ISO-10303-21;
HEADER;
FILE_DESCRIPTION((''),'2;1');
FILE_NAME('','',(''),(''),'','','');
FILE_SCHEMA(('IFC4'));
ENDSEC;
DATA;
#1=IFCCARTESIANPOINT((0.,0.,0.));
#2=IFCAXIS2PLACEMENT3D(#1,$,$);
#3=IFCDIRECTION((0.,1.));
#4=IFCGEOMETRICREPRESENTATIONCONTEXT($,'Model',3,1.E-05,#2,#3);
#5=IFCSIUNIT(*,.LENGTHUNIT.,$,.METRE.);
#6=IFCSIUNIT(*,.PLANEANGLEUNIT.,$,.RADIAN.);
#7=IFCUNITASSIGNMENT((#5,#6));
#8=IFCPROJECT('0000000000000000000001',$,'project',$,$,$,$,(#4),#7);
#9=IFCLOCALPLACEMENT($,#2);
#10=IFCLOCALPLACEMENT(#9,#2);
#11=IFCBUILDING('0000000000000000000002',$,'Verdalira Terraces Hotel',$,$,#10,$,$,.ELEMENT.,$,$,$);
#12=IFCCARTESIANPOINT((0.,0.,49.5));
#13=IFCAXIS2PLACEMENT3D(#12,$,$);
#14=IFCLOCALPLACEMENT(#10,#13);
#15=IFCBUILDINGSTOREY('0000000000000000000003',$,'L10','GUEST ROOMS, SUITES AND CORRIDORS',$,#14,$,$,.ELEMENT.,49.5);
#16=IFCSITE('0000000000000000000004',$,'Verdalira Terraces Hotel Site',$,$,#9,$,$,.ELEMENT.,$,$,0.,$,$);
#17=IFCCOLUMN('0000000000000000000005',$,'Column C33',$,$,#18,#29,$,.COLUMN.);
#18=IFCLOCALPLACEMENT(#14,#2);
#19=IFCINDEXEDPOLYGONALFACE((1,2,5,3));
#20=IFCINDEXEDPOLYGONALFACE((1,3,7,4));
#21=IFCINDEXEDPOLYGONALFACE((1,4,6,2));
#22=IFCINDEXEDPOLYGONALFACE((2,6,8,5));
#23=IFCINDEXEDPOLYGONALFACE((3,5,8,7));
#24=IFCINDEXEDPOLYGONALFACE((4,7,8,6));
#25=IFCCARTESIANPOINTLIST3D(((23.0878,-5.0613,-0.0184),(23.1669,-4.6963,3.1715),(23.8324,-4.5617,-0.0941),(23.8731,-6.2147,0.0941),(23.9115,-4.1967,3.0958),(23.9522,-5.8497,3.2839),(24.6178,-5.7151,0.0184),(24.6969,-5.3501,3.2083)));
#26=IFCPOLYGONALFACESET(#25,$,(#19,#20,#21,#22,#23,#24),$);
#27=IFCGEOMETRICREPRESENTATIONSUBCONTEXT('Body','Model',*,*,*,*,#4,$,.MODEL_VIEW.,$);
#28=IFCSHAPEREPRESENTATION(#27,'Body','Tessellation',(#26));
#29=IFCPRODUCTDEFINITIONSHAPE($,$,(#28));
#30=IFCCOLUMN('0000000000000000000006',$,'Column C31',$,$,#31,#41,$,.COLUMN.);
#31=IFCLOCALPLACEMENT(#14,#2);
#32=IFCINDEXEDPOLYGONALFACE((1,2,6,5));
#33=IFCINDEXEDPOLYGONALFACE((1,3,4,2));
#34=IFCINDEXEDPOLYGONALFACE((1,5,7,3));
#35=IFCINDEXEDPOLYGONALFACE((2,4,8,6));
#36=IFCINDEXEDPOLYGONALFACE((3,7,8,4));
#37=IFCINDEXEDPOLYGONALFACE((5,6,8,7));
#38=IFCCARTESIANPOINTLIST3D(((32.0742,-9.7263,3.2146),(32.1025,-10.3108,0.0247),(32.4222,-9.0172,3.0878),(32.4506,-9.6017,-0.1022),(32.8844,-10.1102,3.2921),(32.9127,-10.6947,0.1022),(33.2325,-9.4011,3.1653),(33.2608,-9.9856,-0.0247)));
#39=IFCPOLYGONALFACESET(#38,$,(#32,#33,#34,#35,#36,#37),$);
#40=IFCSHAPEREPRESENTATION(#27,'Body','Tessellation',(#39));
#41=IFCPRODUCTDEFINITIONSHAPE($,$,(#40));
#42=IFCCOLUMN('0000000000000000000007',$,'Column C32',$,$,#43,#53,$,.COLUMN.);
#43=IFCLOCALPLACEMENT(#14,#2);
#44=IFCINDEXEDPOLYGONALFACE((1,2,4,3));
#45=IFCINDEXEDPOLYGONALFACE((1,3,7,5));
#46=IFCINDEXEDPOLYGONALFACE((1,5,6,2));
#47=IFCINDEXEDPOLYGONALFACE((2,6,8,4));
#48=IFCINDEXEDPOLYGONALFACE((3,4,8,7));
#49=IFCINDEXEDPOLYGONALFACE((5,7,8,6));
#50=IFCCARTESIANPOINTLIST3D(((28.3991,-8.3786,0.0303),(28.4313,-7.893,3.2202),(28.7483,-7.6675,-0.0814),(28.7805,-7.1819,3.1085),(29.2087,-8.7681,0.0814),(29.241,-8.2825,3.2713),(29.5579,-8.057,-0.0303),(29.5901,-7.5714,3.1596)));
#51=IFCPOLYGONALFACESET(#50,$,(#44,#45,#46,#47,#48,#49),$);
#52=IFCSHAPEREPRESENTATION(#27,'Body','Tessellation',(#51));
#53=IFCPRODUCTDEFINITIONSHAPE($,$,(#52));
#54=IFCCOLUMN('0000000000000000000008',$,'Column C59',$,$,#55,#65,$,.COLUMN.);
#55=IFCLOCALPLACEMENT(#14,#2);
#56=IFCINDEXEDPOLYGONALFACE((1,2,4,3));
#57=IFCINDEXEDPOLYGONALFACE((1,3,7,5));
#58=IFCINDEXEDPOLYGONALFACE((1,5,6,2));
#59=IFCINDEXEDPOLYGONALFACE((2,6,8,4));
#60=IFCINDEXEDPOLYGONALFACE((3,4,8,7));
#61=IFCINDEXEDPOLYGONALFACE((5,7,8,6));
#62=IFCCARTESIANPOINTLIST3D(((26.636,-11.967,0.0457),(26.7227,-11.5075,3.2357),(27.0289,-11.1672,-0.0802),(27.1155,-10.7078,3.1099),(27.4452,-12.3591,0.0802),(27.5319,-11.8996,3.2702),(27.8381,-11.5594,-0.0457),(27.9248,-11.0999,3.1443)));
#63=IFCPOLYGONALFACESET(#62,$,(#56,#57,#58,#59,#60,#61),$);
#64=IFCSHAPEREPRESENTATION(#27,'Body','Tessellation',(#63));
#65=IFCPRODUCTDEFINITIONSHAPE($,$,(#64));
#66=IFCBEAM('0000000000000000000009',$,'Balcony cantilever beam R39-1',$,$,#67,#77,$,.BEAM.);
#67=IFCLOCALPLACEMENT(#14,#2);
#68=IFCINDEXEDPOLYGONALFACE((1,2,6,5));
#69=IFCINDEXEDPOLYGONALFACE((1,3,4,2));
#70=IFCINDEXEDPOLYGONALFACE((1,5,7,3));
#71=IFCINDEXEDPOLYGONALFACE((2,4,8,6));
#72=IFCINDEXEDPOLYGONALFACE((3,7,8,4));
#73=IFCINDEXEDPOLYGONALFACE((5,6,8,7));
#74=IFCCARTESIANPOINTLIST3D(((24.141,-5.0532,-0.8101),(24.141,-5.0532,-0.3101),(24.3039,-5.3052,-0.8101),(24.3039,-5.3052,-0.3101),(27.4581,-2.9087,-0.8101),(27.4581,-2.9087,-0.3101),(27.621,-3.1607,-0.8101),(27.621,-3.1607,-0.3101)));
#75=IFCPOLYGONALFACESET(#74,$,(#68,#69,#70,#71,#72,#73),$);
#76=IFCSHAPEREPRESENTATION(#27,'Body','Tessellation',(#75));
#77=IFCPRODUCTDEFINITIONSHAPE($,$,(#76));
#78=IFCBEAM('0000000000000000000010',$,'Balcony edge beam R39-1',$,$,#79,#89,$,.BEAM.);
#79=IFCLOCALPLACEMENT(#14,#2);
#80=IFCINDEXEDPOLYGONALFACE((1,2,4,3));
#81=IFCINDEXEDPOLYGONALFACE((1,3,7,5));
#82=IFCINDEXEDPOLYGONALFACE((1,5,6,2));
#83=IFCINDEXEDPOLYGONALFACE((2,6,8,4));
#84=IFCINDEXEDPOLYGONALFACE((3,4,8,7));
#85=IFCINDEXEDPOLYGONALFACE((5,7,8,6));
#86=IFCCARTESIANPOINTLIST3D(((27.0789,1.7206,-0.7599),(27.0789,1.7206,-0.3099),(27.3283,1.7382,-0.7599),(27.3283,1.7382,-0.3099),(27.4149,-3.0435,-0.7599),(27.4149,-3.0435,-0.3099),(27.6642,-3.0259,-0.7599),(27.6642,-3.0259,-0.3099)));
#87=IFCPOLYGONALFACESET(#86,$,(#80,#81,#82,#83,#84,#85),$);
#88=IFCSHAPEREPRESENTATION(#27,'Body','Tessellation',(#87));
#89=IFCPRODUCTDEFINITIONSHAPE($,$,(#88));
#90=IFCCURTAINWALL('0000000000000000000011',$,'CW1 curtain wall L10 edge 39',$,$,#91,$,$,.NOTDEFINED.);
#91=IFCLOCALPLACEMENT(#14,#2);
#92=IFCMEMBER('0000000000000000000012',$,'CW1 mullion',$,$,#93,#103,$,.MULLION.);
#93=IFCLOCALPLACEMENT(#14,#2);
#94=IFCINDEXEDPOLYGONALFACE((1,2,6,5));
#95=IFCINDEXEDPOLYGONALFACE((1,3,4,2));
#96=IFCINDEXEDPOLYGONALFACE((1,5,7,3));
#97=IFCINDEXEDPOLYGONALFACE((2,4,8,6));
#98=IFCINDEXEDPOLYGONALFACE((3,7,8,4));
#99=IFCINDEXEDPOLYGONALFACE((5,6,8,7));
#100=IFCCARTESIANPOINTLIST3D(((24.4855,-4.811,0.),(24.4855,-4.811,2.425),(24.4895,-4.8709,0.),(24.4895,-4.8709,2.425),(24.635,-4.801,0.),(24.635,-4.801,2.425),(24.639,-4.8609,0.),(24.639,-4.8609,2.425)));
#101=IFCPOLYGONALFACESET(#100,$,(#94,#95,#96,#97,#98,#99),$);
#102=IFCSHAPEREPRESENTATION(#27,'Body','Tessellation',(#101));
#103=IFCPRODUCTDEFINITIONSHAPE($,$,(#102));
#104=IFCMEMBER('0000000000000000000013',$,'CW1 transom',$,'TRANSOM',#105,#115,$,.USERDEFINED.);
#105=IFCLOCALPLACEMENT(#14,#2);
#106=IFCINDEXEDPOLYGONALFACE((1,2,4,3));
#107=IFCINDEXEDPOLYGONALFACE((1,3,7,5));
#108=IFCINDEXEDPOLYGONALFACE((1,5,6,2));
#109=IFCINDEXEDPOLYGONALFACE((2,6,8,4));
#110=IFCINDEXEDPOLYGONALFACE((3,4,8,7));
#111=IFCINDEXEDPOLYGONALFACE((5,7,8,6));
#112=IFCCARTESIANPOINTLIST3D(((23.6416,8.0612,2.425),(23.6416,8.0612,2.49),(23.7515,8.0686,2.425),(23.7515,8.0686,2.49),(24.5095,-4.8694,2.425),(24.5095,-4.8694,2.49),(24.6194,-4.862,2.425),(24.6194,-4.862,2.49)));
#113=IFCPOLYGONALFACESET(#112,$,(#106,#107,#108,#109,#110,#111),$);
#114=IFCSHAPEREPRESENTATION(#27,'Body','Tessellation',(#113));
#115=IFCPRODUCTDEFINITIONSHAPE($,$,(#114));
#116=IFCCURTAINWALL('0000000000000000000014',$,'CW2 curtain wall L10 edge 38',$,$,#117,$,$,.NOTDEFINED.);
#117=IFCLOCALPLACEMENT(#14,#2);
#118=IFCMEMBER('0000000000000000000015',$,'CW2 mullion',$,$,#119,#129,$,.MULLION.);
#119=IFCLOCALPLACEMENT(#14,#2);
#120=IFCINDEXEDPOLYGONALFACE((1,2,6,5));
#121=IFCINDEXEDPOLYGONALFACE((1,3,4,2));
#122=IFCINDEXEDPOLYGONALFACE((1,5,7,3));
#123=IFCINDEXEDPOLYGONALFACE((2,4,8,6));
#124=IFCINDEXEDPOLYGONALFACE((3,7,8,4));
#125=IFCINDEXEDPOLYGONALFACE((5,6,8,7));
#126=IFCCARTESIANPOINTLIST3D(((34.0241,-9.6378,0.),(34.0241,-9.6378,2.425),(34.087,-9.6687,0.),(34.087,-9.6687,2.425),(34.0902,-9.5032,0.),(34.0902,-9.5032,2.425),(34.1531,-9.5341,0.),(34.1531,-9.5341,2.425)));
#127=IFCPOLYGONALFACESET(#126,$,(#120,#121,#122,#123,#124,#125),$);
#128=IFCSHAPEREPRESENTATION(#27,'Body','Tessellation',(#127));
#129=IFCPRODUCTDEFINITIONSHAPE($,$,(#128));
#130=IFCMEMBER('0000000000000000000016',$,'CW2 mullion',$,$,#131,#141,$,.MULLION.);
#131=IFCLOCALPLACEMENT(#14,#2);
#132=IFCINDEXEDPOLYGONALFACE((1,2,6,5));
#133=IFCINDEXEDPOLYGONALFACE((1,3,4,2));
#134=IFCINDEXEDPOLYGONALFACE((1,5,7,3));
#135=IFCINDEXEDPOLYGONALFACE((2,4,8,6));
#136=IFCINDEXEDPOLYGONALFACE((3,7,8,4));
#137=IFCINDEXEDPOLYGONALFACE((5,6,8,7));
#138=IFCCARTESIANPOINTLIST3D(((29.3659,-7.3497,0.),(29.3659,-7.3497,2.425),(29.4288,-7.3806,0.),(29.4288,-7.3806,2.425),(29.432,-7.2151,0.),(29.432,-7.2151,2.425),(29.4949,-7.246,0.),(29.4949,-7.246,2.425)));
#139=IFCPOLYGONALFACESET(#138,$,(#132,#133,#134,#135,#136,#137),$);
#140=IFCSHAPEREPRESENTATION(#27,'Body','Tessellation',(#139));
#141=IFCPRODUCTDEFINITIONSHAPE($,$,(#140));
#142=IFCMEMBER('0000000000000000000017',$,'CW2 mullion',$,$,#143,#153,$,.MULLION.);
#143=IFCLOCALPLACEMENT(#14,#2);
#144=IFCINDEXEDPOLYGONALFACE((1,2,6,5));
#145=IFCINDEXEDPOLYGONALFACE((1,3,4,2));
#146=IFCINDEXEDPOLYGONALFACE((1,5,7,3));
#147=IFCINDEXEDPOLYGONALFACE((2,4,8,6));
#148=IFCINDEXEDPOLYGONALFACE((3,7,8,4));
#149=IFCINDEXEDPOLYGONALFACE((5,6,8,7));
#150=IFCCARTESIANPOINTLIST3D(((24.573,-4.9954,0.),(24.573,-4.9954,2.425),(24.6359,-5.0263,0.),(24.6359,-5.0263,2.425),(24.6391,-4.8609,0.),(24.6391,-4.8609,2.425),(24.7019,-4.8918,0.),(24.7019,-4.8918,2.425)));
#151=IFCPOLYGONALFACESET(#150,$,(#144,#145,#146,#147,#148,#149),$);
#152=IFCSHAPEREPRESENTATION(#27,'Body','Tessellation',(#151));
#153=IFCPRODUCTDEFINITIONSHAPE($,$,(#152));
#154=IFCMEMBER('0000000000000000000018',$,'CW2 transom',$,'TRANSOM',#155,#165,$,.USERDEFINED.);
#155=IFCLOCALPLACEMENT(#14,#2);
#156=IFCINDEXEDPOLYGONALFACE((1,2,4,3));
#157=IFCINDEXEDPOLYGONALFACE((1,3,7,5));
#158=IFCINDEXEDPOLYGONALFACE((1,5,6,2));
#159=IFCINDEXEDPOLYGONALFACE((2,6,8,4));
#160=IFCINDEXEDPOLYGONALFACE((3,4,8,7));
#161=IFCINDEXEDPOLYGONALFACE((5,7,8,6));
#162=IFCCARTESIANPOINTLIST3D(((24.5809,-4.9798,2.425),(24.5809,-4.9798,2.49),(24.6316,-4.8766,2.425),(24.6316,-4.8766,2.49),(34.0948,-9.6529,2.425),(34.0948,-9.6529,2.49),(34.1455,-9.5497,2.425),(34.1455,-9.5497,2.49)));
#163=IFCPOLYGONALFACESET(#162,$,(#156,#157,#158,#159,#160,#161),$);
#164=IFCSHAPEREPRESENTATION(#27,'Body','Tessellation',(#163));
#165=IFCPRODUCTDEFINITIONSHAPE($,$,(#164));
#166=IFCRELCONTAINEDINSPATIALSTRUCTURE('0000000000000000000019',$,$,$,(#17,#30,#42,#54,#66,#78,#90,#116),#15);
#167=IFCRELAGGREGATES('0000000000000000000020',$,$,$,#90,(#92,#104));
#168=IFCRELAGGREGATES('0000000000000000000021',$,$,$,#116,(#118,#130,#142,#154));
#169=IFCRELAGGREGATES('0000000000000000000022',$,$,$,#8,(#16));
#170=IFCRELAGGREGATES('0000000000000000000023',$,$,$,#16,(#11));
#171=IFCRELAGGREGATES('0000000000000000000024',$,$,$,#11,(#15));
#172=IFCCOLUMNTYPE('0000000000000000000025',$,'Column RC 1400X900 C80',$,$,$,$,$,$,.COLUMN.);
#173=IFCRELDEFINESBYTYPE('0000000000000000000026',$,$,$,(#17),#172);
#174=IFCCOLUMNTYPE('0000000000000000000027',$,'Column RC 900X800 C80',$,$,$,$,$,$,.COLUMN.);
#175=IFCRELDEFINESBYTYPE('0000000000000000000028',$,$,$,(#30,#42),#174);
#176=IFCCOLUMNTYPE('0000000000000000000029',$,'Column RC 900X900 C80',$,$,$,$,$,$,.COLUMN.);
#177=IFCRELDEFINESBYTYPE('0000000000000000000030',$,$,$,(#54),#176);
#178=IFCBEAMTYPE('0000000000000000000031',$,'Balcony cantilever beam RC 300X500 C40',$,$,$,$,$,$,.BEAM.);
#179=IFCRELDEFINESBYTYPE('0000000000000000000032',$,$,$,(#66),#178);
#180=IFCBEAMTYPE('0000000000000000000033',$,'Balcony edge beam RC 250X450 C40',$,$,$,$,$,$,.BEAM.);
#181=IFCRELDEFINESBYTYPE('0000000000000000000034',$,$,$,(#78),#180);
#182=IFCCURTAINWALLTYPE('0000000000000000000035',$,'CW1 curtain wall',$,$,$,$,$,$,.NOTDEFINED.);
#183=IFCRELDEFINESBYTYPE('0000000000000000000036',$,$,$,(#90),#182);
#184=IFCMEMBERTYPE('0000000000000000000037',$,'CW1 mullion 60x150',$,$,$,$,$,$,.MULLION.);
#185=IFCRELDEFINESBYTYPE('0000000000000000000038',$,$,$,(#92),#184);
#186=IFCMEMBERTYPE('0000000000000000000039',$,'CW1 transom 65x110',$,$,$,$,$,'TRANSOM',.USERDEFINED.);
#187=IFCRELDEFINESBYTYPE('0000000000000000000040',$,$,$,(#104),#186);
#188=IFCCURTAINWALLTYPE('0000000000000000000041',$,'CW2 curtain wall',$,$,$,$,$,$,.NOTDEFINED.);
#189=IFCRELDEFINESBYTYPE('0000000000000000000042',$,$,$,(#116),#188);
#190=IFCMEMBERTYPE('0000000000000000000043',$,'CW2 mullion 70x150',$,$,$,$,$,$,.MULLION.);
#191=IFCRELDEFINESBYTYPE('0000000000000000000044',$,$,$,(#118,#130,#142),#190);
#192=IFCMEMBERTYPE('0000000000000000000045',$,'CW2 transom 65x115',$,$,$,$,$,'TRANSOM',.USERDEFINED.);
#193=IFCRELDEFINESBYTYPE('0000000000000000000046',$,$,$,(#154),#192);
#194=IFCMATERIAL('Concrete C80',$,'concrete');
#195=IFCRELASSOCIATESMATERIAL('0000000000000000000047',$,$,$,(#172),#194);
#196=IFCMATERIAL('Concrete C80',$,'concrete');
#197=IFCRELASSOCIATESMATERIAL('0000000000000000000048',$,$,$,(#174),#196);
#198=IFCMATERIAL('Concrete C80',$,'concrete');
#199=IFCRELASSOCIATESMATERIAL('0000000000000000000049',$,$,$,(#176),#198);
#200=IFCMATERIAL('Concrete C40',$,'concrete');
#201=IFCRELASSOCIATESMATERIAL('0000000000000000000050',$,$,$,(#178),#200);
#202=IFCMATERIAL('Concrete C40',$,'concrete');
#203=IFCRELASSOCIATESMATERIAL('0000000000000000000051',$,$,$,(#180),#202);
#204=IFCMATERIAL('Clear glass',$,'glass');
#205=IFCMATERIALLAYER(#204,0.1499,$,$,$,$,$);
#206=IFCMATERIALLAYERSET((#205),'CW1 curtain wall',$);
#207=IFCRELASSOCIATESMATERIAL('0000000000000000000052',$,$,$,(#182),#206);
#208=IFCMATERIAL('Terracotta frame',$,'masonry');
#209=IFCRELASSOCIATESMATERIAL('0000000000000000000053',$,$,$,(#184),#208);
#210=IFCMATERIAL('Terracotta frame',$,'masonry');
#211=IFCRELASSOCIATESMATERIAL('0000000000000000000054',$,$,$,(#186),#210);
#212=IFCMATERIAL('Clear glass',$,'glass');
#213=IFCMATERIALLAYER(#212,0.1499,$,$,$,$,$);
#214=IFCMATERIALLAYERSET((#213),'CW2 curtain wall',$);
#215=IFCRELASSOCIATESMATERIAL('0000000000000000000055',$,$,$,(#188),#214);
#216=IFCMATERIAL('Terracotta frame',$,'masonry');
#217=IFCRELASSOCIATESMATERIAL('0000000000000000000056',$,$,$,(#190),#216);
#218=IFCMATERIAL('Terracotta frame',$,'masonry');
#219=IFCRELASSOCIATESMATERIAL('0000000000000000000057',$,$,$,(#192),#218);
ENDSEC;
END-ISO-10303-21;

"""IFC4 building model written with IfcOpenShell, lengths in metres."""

from ifc_helpers import new_model, si_unit, direction, frame, origin, origin_2d, place, context, subcontext, project, spatial, rectangle, extrude, material, layer, layer_set, material_profile, profile_set, type_object, element, aggregate, save


model = new_model("IFC4")

# Units and contexts
model_context = context("Model", 3, precision=1e-05, world=origin(), true_north=direction((0.0, 1.0)))
body_context = subcontext(model_context, "Body", "Model", "MODEL_VIEW")
ifc_project = project(units=[si_unit("LENGTHUNIT", "METRE"), si_unit("PLANEANGLEUNIT", "RADIAN")], contexts=[model_context])

# Site, building, storey
site_placement = place(None, origin())
site = spatial("IfcSite", under=ifc_project, at=site_placement, Name="Verdalira Terraces Hotel Site", CompositionType="ELEMENT", RefElevation=0.0)
building_placement = place(site_placement, origin())
building = spatial("IfcBuilding", under=site, at=building_placement, Name="Verdalira Terraces Hotel", CompositionType="ELEMENT")
storey_placement = place(building_placement, frame((0.0, 0.0, 49.5)))
storey = spatial("IfcBuildingStorey", under=building, at=storey_placement, Name="L10", Description="GUEST ROOMS, SUITES AND CORRIDORS", CompositionType="ELEMENT", Elevation=49.5)

# Columns
ifc_material_1 = material(Name="Concrete C80", Category="concrete")
ifc_material_profile_1 = material_profile(ifc_material_1, rectangle(XDim=1.3999, YDim=0.8999, at=origin_2d()), Name="RC 1400X900")
ifc_profile_set_1 = profile_set([ifc_material_profile_1], Name="Concrete C80")
column_type_1 = type_object("IfcColumnType", Name="Column RC 1400X900 C80", PredefinedType="COLUMN", material=ifc_profile_set_1)
column_1_placement = place(storey_placement, frame((23.8528, -5.3882, 0.0), z_axis=(0.024629, 0.113643, 0.993216), x_axis=(0.560989, -0.823914, 0.08036)))
element("IfcColumn", 1, at=column_1_placement, inside=storey, type_object=column_type_1, Name="Column C33", PredefinedType="COLUMN", context=body_context, shape_type="SweptSolid", body=[
    extrude(rectangle(XDim=1.3999, YDim=0.8999, at=origin_2d()), origin(), (0.0, 0.0, 1.0), 3.2117),
])
ifc_material_2 = material(Name="Concrete C80", Category="concrete")
ifc_material_profile_2 = material_profile(ifc_material_2, rectangle(XDim=0.8999, YDim=0.8, at=origin_2d()), Name="RC 900X800")
ifc_profile_set_2 = profile_set([ifc_material_profile_2], Name="Concrete C80")
column_type_2 = type_object("IfcColumnType", Name="Column RC 900X800 C80", PredefinedType="COLUMN", material=ifc_profile_set_2)
column_2_placement = place(storey_placement, frame((32.6816, -10.1482, 0.0), z_axis=(-0.008732, 0.180217, 0.983588), x_axis=(-0.900354, 0.426547, -0.086147)))
element("IfcColumn", 2, at=column_2_placement, inside=storey, type_object=column_type_2, Name="Column C31", PredefinedType="COLUMN", context=body_context, shape_type="SweptSolid", body=[
    extrude(rectangle(XDim=0.8999, YDim=0.8, at=origin_2d()), origin(), (0.0, 0.0, 1.0), 3.2432),
])
column_3_placement = place(storey_placement, frame((28.9785, -8.2178, 0.0), z_axis=(0.009987, 0.150486, 0.988562), x_axis=(-0.899685, 0.432828, -0.056799)))
element("IfcColumn", 3, at=column_3_placement, inside=storey, type_object=column_type_2, Name="Column C32", PredefinedType="COLUMN", context=body_context, shape_type="SweptSolid", body=[
    extrude(rectangle(XDim=0.8999, YDim=0.8, at=origin_2d()), origin(), (0.0, 0.0, 1.0), 3.2268),
])
ifc_material_3 = material(Name="Concrete C80", Category="concrete")
ifc_material_profile_3 = material_profile(ifc_material_3, rectangle(XDim=0.8999, YDim=0.8999, at=origin_2d()), Name="RC 900X900")
ifc_profile_set_3 = profile_set([ifc_material_profile_3], Name="Concrete C80")
column_type_3 = type_object("IfcColumnType", Name="Column RC 900X900 C80", PredefinedType="COLUMN", material=ifc_profile_set_3)
column_4_placement = place(storey_placement, frame((27.2371, -11.7632, 0.0), z_axis=(0.026883, 0.142515, 0.989427), x_axis=(0.899267, -0.435719, 0.038327)))
element("IfcColumn", 4, at=column_4_placement, inside=storey, type_object=column_type_3, Name="Column C59", PredefinedType="COLUMN", context=body_context, shape_type="SweptSolid", body=[
    extrude(rectangle(XDim=0.8999, YDim=0.8999, at=origin_2d()), origin(), (0.0, 0.0, 1.0), 3.2241),
])

# Beams
ifc_material_4 = material(Name="Concrete C40", Category="concrete")
ifc_material_profile_4 = material_profile(ifc_material_4, rectangle(XDim=0.3, YDim=0.5, at=origin_2d()), Name="RC 300X500")
ifc_profile_set_4 = profile_set([ifc_material_profile_4], Name="Concrete C40")
beam_type_1 = type_object("IfcBeamType", Name="Balcony cantilever beam RC 300X500 C40", PredefinedType="BEAM", material=ifc_profile_set_4)
beam_1_placement = place(storey_placement, frame((24.2224, -5.1792, -0.5601), z_axis=(0.839784, 0.542921, 0.0), x_axis=(-0.542921, 0.839784, 0.0)))
element("IfcBeam", 5, at=beam_1_placement, inside=storey, type_object=beam_type_1, Name="Balcony cantilever beam R39-1", PredefinedType="BEAM", context=body_context, shape_type="SweptSolid", body=[
    extrude(rectangle(XDim=0.3, YDim=0.5, at=origin_2d()), origin(), (0.0, 0.0, 1.0), 3.95),
])
ifc_material_5 = material(Name="Concrete C40", Category="concrete")
ifc_material_profile_5 = material_profile(ifc_material_5, rectangle(XDim=0.25, YDim=0.45, at=origin_2d()), Name="RC 250X450")
ifc_profile_set_5 = profile_set([ifc_material_profile_5], Name="Concrete C40")
beam_type_2 = type_object("IfcBeamType", Name="Balcony edge beam RC 250X450 C40", PredefinedType="BEAM", material=ifc_profile_set_5)
beam_2_placement = place(storey_placement, frame((27.5396, -3.0347, -0.5349), z_axis=(-0.070339, 0.997523, 0.0), x_axis=(-0.997523, -0.070339, 0.0)))
element("IfcBeam", 6, at=beam_2_placement, inside=storey, type_object=beam_type_2, Name="Balcony edge beam R39-1", PredefinedType="BEAM", context=body_context, shape_type="SweptSolid", body=[
    extrude(rectangle(XDim=0.25, YDim=0.45, at=origin_2d()), origin(), (0.0, 0.0, 1.0), 4.7759),
])

# Curtain walls, members
ifc_material_6 = material(Name="Clear glass", Category="glass")
ifc_layer_1 = layer(ifc_material_6, 0.1499)
ifc_layer_set_1 = layer_set([ifc_layer_1], Name="CW1 curtain wall")
curtain_wall_type_1 = type_object("IfcCurtainWallType", Name="CW1 curtain wall", PredefinedType="NOTDEFINED", material=ifc_layer_set_1)
curtain_wall_1_placement = place(storey_placement, origin())
curtain_wall_1 = element("IfcCurtainWall", 7, at=curtain_wall_1_placement, inside=storey, type_object=curtain_wall_type_1, Name="CW1 curtain wall L10 edge 39", PredefinedType="NOTDEFINED")
ifc_material_7 = material(Name="Terracotta frame", Category="masonry")
ifc_material_profile_6 = material_profile(ifc_material_7, rectangle(XDim=0.0601, YDim=0.1499, at=origin_2d()), Name="MU 60x150")
ifc_profile_set_6 = profile_set([ifc_material_profile_6], Name="Terracotta frame")
member_type_1 = type_object("IfcMemberType", Name="CW1 mullion 60x150", PredefinedType="MULLION", material=ifc_profile_set_6)
member_1_placement = place(storey_placement, frame((24.5623, -4.8359, 0.0), z_axis=(0.0, 0.0, 1.0), x_axis=(-0.06697, 0.997755, 0.0)))
member_1 = element("IfcMember", 8, at=member_1_placement, type_object=member_type_1, Name="CW1 mullion", PredefinedType="MULLION", context=body_context, shape_type="SweptSolid", body=[
    extrude(rectangle(XDim=0.0601, YDim=0.1499, at=origin_2d()), origin(), (0.0, 0.0, 1.0), 2.425),
])
ifc_material_8 = material(Name="Terracotta frame", Category="masonry")
ifc_material_profile_7 = material_profile(ifc_material_8, rectangle(XDim=0.1101, YDim=0.0649, at=origin_2d()), Name="TR 65x110")
ifc_profile_set_7 = profile_set([ifc_material_profile_7], Name="Terracotta frame")
member_type_2 = type_object("IfcMemberType", Name="CW1 transom 65x110", ElementType="TRANSOM", PredefinedType="USERDEFINED", material=ifc_profile_set_7)
member_2_placement = place(storey_placement, frame((24.5645, -4.8657, 2.4575), z_axis=(-0.06697, 0.997755, 0.0), x_axis=(-0.997755, -0.06697, 0.0)))
member_2 = element("IfcMember", 9, at=member_2_placement, type_object=member_type_2, Name="CW1 transom", ObjectType="TRANSOM", PredefinedType="USERDEFINED", context=body_context, shape_type="SweptSolid", body=[
    extrude(rectangle(XDim=0.1101, YDim=0.0649, at=origin_2d()), origin(), (0.0, 0.0, 1.0), 12.9597),
])
ifc_material_9 = material(Name="Clear glass", Category="glass")
ifc_layer_2 = layer(ifc_material_9, 0.1499)
ifc_layer_set_2 = layer_set([ifc_layer_2], Name="CW2 curtain wall")
curtain_wall_type_2 = type_object("IfcCurtainWallType", Name="CW2 curtain wall", PredefinedType="NOTDEFINED", material=ifc_layer_set_2)
curtain_wall_2_placement = place(storey_placement, origin())
curtain_wall_2 = element("IfcCurtainWall", 10, at=curtain_wall_2_placement, inside=storey, type_object=curtain_wall_type_2, Name="CW2 curtain wall L10 edge 38", PredefinedType="NOTDEFINED")
ifc_material_10 = material(Name="Terracotta frame", Category="masonry")
ifc_material_profile_8 = material_profile(ifc_material_10, rectangle(XDim=0.0701, YDim=0.1499, at=origin_2d()), Name="MU 70x150")
ifc_profile_set_8 = profile_set([ifc_material_profile_8], Name="Terracotta frame")
member_type_3 = type_object("IfcMemberType", Name="CW2 mullion 70x150", PredefinedType="MULLION", material=ifc_profile_set_8)
member_3_placement = place(storey_placement, frame((34.0886, -9.5859, 0.0), z_axis=(0.0, 0.0, 1.0), x_axis=(-0.897566, 0.440879, 0.0)))
member_3 = element("IfcMember", 11, at=member_3_placement, type_object=member_type_3, Name="CW2 mullion", PredefinedType="MULLION", context=body_context, shape_type="SweptSolid", body=[
    extrude(rectangle(XDim=0.0701, YDim=0.1499, at=origin_2d()), origin(), (0.0, 0.0, 1.0), 2.425),
])
member_4_placement = place(storey_placement, frame((29.4304, -7.2979, 0.0), z_axis=(0.0, 0.0, 1.0), x_axis=(-0.897566, 0.440879, 0.0)))
member_4 = element("IfcMember", 12, at=member_4_placement, type_object=member_type_3, Name="CW2 mullion", PredefinedType="MULLION", context=body_context, shape_type="SweptSolid", body=[
    extrude(rectangle(XDim=0.0701, YDim=0.1499, at=origin_2d()), origin(), (0.0, 0.0, 1.0), 2.425),
])
member_5_placement = place(storey_placement, frame((24.6375, -4.9436, 0.0), z_axis=(0.0, 0.0, 1.0), x_axis=(-0.897566, 0.440879, 0.0)))
member_5 = element("IfcMember", 13, at=member_5_placement, type_object=member_type_3, Name="CW2 mullion", PredefinedType="MULLION", context=body_context, shape_type="SweptSolid", body=[
    extrude(rectangle(XDim=0.0701, YDim=0.1499, at=origin_2d()), origin(), (0.0, 0.0, 1.0), 2.425),
])
ifc_material_11 = material(Name="Terracotta frame", Category="masonry")
ifc_material_profile_9 = material_profile(ifc_material_11, rectangle(XDim=0.115, YDim=0.0649, at=origin_2d()), Name="TR 65x115")
ifc_profile_set_9 = profile_set([ifc_material_profile_9], Name="Terracotta frame")
member_type_4 = type_object("IfcMemberType", Name="CW2 transom 65x115", ElementType="TRANSOM", PredefinedType="USERDEFINED", material=ifc_profile_set_9)
member_6_placement = place(storey_placement, frame((34.1201, -9.6013, 2.4575), z_axis=(-0.89757, 0.440873, 0.0), x_axis=(-0.440873, -0.89757, 0.0)))
member_6 = element("IfcMember", 14, at=member_6_placement, type_object=member_type_4, Name="CW2 transom", ObjectType="TRANSOM", PredefinedType="USERDEFINED", context=body_context, shape_type="SweptSolid", body=[
    extrude(rectangle(XDim=0.115, YDim=0.0649, at=origin_2d()), origin(), (0.0, 0.0, 1.0), 10.5996),
])

aggregate(curtain_wall_1, [member_1, member_2])
aggregate(curtain_wall_2, [member_3, member_4, member_5, member_6])

save(model, "model.ifc")
